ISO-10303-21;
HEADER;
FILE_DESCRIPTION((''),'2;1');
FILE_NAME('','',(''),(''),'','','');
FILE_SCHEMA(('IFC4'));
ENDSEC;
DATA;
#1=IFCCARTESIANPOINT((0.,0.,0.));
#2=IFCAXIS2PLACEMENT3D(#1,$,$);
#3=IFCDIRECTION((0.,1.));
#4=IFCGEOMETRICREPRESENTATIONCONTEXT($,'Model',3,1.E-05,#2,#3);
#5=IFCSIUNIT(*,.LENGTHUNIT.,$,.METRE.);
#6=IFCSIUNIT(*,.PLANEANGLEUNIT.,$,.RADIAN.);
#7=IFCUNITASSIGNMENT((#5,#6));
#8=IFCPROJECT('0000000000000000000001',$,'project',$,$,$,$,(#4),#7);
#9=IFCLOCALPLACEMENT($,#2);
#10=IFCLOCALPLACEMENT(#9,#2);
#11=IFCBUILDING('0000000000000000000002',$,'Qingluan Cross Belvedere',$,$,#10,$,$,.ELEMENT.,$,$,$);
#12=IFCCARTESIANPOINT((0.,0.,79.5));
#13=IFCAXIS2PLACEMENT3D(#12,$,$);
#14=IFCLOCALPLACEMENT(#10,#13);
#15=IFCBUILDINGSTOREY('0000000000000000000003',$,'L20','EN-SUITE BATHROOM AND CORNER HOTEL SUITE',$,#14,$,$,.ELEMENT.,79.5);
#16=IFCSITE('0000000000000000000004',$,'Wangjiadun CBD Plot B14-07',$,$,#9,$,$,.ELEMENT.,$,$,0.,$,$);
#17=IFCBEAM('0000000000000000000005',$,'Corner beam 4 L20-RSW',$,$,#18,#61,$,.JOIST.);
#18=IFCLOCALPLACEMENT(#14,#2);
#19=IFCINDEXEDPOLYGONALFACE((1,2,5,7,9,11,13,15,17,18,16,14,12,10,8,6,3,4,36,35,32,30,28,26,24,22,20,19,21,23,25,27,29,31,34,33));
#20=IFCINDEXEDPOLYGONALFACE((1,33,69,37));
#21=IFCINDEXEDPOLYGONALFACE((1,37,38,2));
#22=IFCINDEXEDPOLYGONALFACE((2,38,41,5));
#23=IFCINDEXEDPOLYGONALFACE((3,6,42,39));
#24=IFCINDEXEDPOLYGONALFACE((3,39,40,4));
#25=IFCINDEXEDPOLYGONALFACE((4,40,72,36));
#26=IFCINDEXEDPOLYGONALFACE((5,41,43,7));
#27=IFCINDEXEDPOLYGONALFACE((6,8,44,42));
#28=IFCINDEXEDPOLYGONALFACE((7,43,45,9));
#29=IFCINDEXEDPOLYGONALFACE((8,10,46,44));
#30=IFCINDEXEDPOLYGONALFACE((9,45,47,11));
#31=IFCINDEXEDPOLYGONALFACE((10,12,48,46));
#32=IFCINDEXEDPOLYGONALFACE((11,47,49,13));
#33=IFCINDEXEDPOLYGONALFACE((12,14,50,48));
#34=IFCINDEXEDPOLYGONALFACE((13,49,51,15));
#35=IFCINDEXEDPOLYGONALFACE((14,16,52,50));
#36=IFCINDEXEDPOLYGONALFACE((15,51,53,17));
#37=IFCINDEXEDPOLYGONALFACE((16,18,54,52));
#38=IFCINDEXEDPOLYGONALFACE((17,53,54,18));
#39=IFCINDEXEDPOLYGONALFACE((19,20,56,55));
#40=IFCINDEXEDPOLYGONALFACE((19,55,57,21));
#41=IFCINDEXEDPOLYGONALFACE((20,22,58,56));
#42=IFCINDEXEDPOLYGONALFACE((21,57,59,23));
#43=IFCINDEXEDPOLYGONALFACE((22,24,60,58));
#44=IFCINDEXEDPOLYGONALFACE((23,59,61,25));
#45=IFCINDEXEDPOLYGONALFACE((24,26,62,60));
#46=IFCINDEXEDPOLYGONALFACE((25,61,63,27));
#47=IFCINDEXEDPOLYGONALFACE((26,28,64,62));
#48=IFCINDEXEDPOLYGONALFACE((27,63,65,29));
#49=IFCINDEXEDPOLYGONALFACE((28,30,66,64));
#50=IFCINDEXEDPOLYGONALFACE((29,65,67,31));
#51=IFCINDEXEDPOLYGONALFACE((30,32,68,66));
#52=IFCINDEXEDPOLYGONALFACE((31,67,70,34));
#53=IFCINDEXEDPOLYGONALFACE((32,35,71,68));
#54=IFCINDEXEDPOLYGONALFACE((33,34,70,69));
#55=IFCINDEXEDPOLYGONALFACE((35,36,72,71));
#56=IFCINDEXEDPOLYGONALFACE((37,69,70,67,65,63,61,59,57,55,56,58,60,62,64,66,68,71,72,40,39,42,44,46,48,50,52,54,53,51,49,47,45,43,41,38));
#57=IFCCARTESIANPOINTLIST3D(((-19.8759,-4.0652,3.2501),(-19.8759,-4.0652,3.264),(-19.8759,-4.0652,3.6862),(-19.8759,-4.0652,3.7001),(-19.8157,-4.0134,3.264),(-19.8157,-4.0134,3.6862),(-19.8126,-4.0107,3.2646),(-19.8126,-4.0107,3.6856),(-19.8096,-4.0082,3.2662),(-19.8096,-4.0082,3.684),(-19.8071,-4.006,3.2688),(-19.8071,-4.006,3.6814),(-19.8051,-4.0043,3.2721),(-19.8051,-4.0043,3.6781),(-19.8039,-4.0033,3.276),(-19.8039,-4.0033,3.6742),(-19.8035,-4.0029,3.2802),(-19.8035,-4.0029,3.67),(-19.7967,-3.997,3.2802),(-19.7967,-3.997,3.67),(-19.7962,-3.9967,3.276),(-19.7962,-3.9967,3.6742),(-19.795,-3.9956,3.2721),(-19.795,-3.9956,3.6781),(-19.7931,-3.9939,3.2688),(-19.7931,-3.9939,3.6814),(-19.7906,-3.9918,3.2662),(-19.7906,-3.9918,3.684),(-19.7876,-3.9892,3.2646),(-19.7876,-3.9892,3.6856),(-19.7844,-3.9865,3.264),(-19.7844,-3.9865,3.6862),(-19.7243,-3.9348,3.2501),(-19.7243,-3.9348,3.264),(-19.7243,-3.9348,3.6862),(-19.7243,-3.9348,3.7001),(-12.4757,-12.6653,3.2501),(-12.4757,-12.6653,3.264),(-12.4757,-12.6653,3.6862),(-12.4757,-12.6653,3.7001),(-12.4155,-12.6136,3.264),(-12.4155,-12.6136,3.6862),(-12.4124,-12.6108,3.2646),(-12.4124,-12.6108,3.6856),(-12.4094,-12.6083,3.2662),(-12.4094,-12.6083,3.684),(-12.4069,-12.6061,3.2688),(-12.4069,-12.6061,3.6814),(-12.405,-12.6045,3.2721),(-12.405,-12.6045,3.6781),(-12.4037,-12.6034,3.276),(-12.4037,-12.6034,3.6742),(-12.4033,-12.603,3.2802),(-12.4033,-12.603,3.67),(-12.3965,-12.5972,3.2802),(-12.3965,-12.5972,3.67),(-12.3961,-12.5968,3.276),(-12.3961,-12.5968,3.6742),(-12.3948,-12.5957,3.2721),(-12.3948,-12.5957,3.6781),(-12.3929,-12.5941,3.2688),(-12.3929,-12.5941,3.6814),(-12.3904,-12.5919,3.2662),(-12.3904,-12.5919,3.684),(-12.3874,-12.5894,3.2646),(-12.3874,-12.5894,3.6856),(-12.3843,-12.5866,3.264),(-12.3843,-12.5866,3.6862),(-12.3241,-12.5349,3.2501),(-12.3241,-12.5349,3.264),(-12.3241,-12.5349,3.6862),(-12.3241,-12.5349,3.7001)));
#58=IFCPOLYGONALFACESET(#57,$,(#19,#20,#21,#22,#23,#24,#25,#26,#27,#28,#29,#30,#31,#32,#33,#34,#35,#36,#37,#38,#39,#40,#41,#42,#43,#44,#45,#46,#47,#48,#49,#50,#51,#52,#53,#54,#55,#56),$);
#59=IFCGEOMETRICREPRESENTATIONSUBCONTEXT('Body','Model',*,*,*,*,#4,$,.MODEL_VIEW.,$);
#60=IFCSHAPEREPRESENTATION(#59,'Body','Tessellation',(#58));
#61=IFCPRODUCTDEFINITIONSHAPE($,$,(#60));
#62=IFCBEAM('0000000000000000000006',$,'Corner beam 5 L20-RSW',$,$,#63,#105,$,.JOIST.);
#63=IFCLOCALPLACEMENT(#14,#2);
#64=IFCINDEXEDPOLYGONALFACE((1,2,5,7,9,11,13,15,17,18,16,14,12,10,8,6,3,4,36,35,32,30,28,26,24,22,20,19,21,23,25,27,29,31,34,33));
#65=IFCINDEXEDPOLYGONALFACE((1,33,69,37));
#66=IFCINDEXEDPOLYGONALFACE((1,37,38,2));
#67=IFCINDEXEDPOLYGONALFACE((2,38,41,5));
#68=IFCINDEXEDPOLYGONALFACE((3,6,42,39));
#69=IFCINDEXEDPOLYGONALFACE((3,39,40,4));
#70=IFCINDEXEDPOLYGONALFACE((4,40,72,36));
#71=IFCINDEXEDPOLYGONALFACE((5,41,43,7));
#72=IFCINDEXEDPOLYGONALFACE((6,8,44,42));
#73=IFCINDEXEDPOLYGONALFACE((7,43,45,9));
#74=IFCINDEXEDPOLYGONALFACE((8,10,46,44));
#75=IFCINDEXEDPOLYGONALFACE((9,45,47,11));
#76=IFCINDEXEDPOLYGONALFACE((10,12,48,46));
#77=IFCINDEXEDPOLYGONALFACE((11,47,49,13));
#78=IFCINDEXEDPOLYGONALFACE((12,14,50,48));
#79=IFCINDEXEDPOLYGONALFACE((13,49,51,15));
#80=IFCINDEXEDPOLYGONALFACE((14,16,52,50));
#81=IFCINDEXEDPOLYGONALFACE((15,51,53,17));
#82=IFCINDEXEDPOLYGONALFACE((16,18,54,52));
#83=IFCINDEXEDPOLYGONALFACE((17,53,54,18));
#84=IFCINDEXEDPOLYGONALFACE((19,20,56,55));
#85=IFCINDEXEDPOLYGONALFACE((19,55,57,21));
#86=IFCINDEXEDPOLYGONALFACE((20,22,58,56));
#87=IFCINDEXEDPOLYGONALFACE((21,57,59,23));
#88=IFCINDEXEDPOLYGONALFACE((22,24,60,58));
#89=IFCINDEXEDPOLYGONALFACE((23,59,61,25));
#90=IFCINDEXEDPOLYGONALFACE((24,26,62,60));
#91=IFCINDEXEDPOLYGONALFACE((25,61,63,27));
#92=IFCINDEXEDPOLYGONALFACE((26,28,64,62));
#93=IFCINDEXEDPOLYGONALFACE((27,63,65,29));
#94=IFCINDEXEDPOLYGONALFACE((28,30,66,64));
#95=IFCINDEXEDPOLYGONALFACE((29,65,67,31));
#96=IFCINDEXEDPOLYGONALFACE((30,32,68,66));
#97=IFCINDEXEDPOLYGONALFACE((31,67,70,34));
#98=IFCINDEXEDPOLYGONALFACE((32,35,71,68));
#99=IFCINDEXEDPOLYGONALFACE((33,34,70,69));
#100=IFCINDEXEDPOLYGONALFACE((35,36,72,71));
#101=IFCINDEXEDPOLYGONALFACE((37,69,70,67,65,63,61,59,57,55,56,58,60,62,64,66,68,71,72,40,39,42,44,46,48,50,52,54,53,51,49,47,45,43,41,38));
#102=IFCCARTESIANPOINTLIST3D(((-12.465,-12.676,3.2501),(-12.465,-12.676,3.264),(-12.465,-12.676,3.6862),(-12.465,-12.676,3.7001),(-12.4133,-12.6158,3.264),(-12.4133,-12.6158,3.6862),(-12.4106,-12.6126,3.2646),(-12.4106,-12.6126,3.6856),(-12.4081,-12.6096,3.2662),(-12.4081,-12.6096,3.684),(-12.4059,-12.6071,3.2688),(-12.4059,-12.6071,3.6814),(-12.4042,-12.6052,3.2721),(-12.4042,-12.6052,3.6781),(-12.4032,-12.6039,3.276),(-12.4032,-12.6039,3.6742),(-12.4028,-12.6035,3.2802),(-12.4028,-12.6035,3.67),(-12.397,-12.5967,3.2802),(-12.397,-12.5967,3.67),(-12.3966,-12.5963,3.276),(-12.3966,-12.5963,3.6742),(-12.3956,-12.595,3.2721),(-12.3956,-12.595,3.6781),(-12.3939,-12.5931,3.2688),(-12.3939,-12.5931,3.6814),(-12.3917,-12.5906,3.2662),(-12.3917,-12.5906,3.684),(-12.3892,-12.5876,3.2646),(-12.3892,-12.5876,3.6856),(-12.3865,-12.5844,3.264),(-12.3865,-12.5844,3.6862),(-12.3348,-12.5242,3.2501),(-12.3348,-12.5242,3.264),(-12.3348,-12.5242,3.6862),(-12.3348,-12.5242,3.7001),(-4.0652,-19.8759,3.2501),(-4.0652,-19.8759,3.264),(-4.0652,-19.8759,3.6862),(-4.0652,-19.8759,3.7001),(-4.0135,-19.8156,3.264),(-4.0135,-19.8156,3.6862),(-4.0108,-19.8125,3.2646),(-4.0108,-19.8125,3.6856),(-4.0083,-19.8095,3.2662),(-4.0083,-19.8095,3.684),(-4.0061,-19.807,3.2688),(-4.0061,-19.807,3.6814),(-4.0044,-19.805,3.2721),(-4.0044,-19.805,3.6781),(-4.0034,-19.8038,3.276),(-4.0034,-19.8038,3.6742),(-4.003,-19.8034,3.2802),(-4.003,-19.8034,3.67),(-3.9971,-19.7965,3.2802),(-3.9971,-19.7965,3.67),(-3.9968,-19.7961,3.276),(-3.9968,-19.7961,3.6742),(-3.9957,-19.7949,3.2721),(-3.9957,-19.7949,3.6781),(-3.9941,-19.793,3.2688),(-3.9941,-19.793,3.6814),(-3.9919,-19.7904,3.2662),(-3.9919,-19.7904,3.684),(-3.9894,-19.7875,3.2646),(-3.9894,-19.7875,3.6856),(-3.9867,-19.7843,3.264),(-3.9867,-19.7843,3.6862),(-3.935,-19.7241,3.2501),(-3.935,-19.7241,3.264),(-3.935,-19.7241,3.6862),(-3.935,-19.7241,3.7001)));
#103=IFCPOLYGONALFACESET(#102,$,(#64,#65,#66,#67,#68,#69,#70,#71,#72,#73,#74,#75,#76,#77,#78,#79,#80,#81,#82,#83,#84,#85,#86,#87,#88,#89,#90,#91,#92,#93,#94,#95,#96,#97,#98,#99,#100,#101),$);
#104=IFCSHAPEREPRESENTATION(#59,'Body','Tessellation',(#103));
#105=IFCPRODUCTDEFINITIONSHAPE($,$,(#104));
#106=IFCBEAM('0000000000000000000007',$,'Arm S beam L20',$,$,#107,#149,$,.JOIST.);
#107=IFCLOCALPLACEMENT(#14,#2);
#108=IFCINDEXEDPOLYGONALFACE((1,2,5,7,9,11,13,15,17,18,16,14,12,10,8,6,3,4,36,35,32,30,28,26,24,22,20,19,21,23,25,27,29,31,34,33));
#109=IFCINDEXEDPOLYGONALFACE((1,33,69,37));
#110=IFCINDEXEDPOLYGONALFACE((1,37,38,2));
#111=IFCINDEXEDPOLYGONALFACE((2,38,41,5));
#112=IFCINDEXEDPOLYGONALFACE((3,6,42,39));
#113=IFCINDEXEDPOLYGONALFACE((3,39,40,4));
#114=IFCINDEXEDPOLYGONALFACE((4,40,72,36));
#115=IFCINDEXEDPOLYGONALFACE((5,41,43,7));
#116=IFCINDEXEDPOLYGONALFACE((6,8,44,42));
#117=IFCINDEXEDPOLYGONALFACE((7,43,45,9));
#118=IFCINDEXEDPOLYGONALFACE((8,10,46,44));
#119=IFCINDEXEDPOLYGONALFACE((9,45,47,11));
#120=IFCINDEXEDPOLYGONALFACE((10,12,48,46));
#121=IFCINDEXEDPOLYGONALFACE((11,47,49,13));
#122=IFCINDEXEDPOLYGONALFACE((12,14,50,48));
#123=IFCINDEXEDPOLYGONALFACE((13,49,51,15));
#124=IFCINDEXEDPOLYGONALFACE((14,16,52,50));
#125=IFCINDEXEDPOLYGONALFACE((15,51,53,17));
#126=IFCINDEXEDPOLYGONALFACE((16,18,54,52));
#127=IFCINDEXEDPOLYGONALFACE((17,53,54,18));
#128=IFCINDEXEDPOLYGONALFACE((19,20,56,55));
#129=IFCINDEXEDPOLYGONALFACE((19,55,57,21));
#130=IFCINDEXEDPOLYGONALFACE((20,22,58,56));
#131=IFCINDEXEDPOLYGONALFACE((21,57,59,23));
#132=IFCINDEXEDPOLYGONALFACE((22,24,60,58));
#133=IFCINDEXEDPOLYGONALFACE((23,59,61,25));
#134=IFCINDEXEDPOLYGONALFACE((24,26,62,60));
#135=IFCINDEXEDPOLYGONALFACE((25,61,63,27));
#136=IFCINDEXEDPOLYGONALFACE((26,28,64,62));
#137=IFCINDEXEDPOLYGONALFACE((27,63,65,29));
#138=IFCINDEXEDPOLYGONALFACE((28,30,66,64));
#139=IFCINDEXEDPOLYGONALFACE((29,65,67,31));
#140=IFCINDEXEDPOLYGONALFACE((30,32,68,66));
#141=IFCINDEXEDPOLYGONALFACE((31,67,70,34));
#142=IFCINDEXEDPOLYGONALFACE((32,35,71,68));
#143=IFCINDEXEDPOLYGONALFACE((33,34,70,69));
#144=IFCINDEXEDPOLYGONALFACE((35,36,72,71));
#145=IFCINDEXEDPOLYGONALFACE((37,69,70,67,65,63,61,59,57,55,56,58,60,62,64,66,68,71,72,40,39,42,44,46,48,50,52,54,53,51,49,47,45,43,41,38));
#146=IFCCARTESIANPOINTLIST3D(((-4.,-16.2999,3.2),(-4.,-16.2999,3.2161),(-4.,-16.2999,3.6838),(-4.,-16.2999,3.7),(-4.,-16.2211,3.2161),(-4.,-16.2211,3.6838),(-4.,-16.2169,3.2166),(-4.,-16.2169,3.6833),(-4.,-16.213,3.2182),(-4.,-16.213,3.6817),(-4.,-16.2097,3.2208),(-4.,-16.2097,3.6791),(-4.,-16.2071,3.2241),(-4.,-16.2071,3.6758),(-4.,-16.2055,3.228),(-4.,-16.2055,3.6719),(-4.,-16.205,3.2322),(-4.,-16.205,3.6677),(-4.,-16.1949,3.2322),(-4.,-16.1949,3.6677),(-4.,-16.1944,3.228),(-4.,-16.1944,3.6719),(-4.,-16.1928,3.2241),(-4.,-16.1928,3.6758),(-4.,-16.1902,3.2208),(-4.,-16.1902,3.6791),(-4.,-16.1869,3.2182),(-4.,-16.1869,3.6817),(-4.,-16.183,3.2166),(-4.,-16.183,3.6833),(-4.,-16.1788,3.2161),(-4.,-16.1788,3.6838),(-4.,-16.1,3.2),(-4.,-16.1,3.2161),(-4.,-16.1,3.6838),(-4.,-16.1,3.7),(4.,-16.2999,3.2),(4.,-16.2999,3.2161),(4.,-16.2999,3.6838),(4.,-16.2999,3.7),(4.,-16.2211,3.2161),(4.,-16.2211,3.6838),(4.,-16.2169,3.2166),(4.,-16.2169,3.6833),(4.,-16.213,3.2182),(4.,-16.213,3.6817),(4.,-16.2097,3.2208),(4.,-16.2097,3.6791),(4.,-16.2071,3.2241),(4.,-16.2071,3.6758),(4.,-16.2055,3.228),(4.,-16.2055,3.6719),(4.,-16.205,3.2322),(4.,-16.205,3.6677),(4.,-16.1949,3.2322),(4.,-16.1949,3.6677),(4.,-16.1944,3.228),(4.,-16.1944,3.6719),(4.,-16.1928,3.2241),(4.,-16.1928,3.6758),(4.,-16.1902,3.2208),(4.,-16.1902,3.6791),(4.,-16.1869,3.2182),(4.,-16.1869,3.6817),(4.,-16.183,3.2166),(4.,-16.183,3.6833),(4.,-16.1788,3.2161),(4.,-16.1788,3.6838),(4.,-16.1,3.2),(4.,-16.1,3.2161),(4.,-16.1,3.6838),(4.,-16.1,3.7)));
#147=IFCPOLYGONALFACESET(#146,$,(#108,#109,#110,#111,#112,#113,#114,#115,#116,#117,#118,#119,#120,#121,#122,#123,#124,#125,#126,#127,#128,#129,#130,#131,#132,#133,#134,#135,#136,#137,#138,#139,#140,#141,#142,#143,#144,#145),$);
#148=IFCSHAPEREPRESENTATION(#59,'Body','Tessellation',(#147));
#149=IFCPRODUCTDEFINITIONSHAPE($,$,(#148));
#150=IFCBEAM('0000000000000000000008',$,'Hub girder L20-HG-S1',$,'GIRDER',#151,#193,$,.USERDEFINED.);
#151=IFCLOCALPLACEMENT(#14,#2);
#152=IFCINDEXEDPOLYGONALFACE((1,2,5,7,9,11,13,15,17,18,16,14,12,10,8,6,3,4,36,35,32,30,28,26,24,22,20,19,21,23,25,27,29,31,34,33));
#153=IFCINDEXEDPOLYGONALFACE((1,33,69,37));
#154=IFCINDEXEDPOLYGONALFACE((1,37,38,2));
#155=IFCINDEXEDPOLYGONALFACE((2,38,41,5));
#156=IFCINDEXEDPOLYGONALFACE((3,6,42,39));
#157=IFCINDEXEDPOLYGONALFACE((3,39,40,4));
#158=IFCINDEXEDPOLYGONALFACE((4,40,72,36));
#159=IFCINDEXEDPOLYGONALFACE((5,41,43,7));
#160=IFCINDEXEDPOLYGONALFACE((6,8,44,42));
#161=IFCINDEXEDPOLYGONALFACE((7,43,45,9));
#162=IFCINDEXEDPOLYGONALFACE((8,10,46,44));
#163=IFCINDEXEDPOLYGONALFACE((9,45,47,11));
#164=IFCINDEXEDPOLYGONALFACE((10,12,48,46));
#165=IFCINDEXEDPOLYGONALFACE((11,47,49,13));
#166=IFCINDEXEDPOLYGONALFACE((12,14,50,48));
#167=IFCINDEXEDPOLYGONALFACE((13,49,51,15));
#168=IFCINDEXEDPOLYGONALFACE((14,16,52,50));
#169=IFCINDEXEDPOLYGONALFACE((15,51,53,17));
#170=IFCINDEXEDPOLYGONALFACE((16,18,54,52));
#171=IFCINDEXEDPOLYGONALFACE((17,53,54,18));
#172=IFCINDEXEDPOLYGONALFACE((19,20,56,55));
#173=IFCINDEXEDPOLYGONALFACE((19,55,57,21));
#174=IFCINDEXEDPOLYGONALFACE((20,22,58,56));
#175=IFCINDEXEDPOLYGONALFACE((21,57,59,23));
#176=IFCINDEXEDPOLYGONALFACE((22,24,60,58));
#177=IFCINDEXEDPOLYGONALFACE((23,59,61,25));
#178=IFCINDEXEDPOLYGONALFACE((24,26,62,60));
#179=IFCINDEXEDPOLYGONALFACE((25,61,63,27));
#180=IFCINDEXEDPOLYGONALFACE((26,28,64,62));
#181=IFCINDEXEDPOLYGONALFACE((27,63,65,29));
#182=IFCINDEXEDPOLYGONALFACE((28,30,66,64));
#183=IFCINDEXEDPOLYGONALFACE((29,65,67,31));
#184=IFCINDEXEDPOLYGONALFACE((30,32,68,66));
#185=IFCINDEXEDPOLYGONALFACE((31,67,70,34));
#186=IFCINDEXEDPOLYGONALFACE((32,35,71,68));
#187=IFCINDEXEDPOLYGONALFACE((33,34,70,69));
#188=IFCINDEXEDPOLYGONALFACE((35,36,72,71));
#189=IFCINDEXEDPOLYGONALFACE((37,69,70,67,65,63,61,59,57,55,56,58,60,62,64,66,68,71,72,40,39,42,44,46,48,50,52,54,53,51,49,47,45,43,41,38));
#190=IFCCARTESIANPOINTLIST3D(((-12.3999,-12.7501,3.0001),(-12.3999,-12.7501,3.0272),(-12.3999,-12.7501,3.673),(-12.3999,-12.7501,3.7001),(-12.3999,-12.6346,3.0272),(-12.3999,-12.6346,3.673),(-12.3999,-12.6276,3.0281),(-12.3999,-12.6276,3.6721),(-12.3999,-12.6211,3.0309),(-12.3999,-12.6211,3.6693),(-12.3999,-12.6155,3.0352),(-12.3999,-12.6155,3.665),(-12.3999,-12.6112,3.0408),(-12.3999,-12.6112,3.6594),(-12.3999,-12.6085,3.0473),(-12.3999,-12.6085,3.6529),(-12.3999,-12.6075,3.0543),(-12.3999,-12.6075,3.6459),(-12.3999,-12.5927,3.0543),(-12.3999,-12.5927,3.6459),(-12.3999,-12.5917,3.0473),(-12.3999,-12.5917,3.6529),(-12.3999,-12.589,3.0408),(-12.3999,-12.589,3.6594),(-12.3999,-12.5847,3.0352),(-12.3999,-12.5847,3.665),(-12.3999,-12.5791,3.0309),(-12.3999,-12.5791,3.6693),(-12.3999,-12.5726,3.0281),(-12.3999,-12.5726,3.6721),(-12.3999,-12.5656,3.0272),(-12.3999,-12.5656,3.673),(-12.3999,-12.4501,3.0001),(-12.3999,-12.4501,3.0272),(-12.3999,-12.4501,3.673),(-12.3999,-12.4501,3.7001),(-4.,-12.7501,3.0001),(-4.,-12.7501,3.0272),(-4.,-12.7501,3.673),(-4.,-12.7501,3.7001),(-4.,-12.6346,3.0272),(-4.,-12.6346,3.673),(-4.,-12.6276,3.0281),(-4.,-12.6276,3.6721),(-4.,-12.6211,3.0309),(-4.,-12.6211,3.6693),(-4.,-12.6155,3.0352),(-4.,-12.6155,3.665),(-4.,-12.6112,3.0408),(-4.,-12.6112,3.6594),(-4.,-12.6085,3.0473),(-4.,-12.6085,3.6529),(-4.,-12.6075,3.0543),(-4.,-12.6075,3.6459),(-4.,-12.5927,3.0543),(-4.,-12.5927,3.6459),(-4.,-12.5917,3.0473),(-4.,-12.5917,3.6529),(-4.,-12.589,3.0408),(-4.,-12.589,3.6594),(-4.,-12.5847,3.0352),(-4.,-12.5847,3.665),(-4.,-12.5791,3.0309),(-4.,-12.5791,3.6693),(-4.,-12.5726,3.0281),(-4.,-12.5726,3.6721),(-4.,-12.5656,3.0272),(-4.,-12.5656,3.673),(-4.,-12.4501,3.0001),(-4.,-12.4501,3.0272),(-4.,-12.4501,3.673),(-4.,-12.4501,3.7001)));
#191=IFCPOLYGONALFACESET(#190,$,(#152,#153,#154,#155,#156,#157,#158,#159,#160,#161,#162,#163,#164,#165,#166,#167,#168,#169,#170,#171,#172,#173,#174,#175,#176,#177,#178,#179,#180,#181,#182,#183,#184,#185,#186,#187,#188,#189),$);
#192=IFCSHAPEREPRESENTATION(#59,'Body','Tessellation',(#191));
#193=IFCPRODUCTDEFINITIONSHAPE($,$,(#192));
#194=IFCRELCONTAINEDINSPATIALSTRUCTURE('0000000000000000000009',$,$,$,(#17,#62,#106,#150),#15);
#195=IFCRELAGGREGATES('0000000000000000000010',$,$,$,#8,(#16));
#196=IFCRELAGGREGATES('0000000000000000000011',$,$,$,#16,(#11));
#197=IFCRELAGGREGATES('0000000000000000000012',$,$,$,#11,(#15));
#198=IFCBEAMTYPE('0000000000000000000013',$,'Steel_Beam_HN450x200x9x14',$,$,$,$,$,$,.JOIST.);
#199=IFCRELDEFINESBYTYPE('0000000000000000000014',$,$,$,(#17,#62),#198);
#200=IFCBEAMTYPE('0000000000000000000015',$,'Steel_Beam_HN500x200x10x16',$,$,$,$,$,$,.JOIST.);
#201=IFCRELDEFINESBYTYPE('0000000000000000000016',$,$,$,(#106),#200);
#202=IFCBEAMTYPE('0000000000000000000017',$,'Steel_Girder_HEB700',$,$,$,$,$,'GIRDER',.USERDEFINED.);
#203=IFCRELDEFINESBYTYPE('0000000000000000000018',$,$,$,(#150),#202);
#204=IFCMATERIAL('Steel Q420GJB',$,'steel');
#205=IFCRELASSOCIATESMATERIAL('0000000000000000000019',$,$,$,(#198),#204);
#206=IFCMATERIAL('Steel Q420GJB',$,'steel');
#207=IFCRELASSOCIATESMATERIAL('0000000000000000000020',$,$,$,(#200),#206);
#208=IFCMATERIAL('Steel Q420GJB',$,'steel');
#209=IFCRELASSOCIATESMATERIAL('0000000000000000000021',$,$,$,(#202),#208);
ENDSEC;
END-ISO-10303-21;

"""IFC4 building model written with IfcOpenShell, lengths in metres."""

from ifc_helpers import new_model, si_unit, direction, frame, origin, origin_2d, place, context, subcontext, project, spatial, i_section, extrude, material, material_profile, profile_set, type_object, element, save


model = new_model("IFC4")

# Units and contexts
model_context = context("Model", 3, precision=1e-05, world=origin(), true_north=direction((0.0, 1.0)))
body_context = subcontext(model_context, "Body", "Model", "MODEL_VIEW")
ifc_project = project(units=[si_unit("LENGTHUNIT", "METRE"), si_unit("PLANEANGLEUNIT", "RADIAN")], contexts=[model_context])

# Site, building, storey
site_placement = place(None, origin())
site = spatial("IfcSite", under=ifc_project, at=site_placement, Name="Wangjiadun CBD Plot B14-07", CompositionType="ELEMENT", RefElevation=0.0)
building_placement = place(site_placement, origin())
building = spatial("IfcBuilding", under=site, at=building_placement, Name="Qingluan Cross Belvedere", CompositionType="ELEMENT")
storey_placement = place(building_placement, frame((0.0, 0.0, 79.5)))
storey = spatial("IfcBuildingStorey", under=building, at=storey_placement, Name="L20", Description="EN-SUITE BATHROOM AND CORNER HOTEL SUITE", CompositionType="ELEMENT", Elevation=79.5)

# Beams
ifc_material_1 = material(Name="Steel Q420GJB", Category="steel")
ifc_material_profile_1 = material_profile(ifc_material_1, i_section(OverallWidth=0.2, OverallDepth=0.45, WebThickness=0.009, FlangeThickness=0.0139, FilletRadius=0.0161, at=origin_2d()), Name="HN450x200x9x14")
ifc_profile_set_1 = profile_set([ifc_material_profile_1], Name="Steel Q420GJB")
beam_type_1 = type_object("IfcBeamType", Name="Steel_Beam_HN450x200x9x14", PredefinedType="JOIST", material=ifc_profile_set_1)
beam_1_placement = place(storey_placement, frame((-12.3999, -12.6001, 3.4751), z_axis=(-0.652245, 0.758008, 0.0), x_axis=(-0.758008, -0.652245, 0.0)))
element("IfcBeam", 1, at=beam_1_placement, inside=storey, type_object=beam_type_1, Name="Corner beam 4 L20-RSW", PredefinedType="JOIST", context=body_context, shape_type="SweptSolid", body=[
    extrude(i_section(OverallWidth=0.2, OverallDepth=0.45, WebThickness=0.009, FlangeThickness=0.0139, FilletRadius=0.0161, at=origin_2d()), origin(), (0.0, 0.0, 1.0), 11.3457),
])
beam_2_placement = place(storey_placement, frame((-12.3999, -12.6001, 3.4751), z_axis=(0.759255, -0.650793, 0.0), x_axis=(0.650793, 0.759255, 0.0)))
element("IfcBeam", 2, at=beam_2_placement, inside=storey, type_object=beam_type_1, Name="Corner beam 5 L20-RSW", PredefinedType="JOIST", context=body_context, shape_type="SweptSolid", body=[
    extrude(i_section(OverallWidth=0.2, OverallDepth=0.45, WebThickness=0.009, FlangeThickness=0.0139, FilletRadius=0.0161, at=origin_2d()), origin(), (0.0, 0.0, 1.0), 11.0632),
])
ifc_material_2 = material(Name="Steel Q420GJB", Category="steel")
ifc_material_profile_2 = material_profile(ifc_material_2, i_section(OverallWidth=0.2, OverallDepth=0.5, WebThickness=0.01, FlangeThickness=0.0161, FilletRadius=0.0161, at=origin_2d()), Name="HN500x200x10x16")
ifc_profile_set_2 = profile_set([ifc_material_profile_2], Name="Steel Q420GJB")
beam_type_2 = type_object("IfcBeamType", Name="Steel_Beam_HN500x200x10x16", PredefinedType="JOIST", material=ifc_profile_set_2)
beam_3_placement = place(storey_placement, frame((-4.0, -16.2, 3.45), z_axis=(1.0, 0.0, 0.0), x_axis=(0.0, 1.0, 0.0)))
element("IfcBeam", 3, at=beam_3_placement, inside=storey, type_object=beam_type_2, Name="Arm S beam L20", PredefinedType="JOIST", context=body_context, shape_type="SweptSolid", body=[
    extrude(i_section(OverallWidth=0.2, OverallDepth=0.5, WebThickness=0.01, FlangeThickness=0.0161, FilletRadius=0.0161, at=origin_2d()), origin(), (0.0, 0.0, 1.0), 8.0),
])
ifc_material_3 = material(Name="Steel Q420GJB", Category="steel")
ifc_material_profile_3 = material_profile(ifc_material_3, i_section(OverallWidth=0.3, OverallDepth=0.7, WebThickness=0.0149, FlangeThickness=0.0271, FilletRadius=0.0271, at=origin_2d()), Name="HEB700")
ifc_profile_set_3 = profile_set([ifc_material_profile_3], Name="Steel Q420GJB")
beam_type_3 = type_object("IfcBeamType", Name="Steel_Girder_HEB700", ElementType="GIRDER", PredefinedType="USERDEFINED", material=ifc_profile_set_3)
beam_4_placement = place(storey_placement, frame((-12.3999, -12.6001, 3.3501), z_axis=(1.0, 0.0, 0.0), x_axis=(0.0, 1.0, 0.0)))
element("IfcBeam", 4, at=beam_4_placement, inside=storey, type_object=beam_type_3, Name="Hub girder L20-HG-S1", ObjectType="GIRDER", PredefinedType="USERDEFINED", context=body_context, shape_type="SweptSolid", body=[
    extrude(i_section(OverallWidth=0.3, OverallDepth=0.7, WebThickness=0.0149, FlangeThickness=0.0271, FilletRadius=0.0271, at=origin_2d()), origin(), (0.0, 0.0, 1.0), 8.3999),
])

save(model, "model.ifc")
